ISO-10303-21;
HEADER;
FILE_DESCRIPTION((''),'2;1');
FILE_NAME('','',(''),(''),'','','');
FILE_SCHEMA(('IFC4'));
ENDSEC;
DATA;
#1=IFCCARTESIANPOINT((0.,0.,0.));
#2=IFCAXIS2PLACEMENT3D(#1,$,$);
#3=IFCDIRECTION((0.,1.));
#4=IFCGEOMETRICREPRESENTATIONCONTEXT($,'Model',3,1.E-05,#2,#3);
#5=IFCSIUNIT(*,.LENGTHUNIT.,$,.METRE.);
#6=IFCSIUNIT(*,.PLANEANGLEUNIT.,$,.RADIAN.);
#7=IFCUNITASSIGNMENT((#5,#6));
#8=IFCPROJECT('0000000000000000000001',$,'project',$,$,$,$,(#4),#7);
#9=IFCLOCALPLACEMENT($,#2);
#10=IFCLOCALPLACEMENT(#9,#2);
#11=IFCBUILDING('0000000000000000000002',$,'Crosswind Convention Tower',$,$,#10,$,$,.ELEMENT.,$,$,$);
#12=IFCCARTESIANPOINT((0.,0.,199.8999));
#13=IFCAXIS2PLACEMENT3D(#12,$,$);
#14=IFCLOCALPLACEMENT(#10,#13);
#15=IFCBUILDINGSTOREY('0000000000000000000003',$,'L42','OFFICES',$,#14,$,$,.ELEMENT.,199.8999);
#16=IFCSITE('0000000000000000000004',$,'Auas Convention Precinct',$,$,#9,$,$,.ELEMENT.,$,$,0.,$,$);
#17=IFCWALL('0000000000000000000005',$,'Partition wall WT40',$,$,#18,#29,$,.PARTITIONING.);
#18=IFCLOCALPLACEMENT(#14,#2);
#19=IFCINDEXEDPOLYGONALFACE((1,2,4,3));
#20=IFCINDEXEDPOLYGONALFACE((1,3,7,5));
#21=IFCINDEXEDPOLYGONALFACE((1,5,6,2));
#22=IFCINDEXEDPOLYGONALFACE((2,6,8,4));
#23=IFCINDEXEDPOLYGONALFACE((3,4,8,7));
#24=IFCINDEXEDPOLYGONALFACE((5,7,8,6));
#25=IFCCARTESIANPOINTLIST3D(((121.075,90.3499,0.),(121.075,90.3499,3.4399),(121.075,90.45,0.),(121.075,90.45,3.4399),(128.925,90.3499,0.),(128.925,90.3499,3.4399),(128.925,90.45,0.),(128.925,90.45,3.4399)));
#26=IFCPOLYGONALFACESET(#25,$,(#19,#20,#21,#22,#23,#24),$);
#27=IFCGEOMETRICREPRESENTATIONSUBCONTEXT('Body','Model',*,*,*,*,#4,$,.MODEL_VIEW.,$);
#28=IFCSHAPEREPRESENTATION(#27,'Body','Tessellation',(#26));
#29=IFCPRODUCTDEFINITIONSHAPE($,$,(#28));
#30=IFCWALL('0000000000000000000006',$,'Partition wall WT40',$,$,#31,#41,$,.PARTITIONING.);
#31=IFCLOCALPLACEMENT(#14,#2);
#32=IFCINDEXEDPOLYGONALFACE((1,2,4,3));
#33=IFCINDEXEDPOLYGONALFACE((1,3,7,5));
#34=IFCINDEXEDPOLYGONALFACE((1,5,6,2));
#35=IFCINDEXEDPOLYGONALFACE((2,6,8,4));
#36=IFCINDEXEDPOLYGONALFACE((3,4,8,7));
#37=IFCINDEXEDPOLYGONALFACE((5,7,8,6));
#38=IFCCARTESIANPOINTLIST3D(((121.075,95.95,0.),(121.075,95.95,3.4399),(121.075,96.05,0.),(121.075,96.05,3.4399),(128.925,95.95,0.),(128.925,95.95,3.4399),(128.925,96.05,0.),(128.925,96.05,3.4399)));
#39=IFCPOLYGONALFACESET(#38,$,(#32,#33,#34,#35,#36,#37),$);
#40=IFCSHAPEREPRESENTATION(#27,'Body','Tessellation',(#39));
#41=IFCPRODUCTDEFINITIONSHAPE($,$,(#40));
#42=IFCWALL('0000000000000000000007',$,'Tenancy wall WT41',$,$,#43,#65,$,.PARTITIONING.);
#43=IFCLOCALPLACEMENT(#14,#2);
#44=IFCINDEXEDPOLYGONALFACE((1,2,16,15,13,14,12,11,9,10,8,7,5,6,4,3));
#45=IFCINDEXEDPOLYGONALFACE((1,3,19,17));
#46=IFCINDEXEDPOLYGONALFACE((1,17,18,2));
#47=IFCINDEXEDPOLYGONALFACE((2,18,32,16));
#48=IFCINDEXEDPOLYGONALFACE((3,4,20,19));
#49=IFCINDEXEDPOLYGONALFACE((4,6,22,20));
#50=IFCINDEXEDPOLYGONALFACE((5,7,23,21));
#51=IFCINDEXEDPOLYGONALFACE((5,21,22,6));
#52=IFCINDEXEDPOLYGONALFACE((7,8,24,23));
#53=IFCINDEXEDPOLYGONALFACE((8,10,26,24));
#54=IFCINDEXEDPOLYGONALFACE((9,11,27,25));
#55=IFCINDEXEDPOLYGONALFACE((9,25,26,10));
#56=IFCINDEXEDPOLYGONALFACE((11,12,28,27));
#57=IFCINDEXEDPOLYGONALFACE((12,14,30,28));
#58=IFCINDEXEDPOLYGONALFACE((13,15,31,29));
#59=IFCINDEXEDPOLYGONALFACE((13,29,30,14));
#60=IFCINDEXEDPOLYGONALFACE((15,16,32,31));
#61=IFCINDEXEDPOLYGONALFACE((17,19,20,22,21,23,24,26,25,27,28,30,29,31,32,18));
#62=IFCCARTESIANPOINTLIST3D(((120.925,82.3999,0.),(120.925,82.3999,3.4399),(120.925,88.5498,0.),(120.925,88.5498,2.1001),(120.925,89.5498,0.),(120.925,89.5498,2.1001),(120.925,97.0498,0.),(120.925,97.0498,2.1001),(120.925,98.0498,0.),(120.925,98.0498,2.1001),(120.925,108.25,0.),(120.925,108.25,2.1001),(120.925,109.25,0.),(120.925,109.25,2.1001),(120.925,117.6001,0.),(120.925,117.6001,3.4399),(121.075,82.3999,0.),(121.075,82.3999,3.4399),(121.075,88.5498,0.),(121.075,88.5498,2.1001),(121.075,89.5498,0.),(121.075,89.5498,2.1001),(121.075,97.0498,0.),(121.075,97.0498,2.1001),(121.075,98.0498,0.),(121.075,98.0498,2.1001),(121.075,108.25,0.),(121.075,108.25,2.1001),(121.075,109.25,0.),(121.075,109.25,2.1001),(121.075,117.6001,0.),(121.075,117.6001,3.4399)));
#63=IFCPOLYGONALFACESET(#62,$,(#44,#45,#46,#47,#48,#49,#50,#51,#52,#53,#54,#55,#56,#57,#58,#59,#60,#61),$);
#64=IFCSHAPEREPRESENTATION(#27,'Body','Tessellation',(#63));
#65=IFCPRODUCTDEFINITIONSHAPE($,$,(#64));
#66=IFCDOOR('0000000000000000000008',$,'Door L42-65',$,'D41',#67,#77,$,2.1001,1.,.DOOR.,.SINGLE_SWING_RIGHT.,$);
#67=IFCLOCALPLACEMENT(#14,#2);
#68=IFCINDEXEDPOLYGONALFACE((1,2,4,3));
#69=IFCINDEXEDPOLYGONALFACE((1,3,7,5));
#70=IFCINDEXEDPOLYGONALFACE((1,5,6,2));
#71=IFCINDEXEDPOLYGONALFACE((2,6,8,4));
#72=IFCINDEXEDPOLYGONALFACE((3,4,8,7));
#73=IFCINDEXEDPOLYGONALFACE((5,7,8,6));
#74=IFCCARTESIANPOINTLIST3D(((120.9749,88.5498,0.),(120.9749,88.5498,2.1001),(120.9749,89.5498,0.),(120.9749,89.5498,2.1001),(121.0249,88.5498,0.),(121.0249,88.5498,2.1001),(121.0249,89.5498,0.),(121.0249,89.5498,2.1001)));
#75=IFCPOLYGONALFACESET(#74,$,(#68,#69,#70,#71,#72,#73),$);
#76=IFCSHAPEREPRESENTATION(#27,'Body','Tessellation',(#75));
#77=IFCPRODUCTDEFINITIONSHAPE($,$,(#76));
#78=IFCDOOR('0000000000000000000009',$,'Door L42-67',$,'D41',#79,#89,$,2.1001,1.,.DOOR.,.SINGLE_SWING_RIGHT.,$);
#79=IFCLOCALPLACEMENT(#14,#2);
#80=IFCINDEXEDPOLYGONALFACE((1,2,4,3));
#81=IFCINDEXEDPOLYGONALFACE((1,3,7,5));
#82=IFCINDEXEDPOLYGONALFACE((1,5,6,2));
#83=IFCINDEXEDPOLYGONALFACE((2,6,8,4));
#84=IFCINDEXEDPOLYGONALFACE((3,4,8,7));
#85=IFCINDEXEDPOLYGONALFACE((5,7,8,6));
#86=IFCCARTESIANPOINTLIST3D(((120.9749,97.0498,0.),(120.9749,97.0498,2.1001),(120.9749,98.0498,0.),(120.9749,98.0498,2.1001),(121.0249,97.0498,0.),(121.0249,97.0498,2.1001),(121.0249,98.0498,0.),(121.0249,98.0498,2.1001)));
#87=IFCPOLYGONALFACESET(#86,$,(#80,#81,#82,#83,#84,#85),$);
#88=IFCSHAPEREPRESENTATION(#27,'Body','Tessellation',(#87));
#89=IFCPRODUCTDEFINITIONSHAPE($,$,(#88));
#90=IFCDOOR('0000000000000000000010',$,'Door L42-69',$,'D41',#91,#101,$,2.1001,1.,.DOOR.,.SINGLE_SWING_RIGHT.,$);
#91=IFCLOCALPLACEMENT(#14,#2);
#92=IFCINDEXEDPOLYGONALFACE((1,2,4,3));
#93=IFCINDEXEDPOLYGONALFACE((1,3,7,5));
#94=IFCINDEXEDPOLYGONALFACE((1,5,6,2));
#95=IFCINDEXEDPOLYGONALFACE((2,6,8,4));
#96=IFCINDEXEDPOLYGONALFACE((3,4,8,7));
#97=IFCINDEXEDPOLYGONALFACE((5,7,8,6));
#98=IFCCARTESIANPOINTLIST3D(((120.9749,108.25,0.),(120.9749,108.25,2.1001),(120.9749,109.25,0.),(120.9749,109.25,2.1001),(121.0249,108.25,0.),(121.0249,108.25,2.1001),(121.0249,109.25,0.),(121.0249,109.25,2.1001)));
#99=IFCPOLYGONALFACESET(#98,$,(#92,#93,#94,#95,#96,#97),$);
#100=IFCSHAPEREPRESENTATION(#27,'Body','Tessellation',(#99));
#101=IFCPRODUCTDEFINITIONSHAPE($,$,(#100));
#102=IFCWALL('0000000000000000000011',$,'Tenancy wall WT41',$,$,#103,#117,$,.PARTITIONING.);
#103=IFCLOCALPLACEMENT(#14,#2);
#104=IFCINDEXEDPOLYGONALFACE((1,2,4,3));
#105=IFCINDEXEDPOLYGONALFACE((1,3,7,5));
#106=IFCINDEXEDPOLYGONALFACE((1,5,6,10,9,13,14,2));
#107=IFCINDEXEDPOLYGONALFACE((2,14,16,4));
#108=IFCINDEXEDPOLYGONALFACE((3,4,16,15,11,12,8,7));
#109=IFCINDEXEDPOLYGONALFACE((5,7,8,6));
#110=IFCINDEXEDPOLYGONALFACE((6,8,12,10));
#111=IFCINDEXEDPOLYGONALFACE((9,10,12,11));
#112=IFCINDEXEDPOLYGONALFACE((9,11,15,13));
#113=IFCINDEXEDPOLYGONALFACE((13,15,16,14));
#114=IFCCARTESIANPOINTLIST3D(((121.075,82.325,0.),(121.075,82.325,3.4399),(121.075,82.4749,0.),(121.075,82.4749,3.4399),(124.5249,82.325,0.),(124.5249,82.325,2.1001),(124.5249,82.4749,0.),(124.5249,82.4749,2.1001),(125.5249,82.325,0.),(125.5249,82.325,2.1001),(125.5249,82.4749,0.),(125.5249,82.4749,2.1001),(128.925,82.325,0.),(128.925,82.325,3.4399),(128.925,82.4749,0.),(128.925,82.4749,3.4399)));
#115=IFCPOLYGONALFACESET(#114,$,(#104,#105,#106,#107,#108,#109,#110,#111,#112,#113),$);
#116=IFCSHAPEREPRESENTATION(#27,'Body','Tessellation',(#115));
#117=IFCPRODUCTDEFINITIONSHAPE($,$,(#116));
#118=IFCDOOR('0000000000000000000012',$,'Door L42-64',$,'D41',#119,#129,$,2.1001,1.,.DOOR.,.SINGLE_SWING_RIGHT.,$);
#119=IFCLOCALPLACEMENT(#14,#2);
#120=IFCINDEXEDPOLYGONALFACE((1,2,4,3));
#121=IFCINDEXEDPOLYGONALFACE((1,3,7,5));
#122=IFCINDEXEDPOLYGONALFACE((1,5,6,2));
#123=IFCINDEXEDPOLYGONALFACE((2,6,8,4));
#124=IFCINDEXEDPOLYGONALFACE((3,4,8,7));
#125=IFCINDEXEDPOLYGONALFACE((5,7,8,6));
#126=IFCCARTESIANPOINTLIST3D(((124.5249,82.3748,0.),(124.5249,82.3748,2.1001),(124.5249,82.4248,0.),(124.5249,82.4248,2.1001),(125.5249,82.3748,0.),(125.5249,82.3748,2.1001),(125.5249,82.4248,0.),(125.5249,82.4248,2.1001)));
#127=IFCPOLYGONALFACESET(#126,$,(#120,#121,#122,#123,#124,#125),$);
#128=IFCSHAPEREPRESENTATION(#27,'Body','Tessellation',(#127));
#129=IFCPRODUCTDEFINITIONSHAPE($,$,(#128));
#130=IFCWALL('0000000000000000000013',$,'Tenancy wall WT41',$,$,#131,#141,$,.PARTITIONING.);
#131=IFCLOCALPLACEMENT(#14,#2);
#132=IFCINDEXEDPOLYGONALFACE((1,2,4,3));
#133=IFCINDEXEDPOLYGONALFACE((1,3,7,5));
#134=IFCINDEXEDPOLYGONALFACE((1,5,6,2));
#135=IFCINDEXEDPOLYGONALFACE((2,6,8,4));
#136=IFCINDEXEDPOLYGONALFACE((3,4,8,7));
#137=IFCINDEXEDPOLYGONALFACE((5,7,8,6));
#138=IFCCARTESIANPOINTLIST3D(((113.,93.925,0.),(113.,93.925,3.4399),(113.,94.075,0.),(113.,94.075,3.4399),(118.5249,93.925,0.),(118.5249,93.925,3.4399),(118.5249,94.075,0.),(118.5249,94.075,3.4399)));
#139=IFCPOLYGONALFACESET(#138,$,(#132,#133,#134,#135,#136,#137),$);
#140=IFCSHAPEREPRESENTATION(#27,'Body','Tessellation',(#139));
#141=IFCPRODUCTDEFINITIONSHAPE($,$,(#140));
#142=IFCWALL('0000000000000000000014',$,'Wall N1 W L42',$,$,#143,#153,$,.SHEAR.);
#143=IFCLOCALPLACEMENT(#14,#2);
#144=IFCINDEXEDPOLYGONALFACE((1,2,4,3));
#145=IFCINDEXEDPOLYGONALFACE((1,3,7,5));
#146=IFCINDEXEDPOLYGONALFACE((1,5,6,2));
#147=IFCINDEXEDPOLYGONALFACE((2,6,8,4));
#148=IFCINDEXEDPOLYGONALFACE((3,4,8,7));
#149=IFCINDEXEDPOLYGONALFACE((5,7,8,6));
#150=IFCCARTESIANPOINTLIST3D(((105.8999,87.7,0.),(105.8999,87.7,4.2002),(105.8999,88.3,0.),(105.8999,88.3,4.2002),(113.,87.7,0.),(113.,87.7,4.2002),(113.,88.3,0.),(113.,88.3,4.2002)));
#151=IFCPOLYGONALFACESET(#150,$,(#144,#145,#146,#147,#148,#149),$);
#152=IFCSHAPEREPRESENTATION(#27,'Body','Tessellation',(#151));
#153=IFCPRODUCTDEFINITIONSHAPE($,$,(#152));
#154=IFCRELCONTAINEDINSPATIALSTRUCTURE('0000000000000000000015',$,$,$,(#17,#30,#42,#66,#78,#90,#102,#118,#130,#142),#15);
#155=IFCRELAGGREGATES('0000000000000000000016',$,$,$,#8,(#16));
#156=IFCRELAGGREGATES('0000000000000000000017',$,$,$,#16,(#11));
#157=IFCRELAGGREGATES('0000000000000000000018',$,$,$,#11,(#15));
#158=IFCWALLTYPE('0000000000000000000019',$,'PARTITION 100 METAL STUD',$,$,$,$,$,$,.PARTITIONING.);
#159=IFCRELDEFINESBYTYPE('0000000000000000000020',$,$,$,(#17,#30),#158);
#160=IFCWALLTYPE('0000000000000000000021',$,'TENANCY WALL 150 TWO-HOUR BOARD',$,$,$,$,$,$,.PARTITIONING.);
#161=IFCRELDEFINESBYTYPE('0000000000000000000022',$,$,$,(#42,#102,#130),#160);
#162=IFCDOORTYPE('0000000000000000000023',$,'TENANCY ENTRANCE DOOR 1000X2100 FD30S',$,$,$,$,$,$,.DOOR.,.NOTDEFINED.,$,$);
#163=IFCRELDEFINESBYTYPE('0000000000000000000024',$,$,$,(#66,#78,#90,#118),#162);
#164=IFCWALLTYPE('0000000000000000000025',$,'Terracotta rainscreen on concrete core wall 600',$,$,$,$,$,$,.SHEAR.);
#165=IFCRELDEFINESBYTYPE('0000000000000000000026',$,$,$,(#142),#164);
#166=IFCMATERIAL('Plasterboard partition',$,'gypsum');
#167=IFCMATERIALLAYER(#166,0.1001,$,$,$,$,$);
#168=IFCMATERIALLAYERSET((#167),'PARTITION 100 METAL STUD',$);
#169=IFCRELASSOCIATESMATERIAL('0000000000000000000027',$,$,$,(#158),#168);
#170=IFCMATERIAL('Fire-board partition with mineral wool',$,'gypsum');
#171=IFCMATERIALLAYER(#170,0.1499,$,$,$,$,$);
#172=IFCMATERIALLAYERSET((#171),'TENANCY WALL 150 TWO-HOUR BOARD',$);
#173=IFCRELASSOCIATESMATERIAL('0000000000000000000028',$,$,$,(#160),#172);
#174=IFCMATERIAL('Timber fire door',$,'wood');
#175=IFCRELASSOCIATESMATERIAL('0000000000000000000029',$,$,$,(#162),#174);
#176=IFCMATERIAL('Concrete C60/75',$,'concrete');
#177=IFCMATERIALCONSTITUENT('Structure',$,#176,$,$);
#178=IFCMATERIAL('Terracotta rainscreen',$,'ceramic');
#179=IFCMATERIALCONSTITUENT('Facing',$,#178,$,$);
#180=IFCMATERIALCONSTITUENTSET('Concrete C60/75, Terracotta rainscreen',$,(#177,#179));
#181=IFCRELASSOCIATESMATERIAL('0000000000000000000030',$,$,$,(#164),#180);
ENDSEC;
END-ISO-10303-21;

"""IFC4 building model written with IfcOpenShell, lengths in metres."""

from ifc_helpers import new_model, si_unit, direction, frame, frame_2d, origin, place, context, subcontext, project, spatial, rectangle, extrude, material, layer, layer_set, constituent, constituent_set, type_object, element, fill, save


model = new_model("IFC4")

# Units and contexts
model_context = context("Model", 3, precision=1e-05, world=origin(), true_north=direction((0.0, 1.0)))
body_context = subcontext(model_context, "Body", "Model", "MODEL_VIEW")
ifc_project = project(units=[si_unit("LENGTHUNIT", "METRE"), si_unit("PLANEANGLEUNIT", "RADIAN")], contexts=[model_context])

# Site, building, storey
site_placement = place(None, origin())
site = spatial("IfcSite", under=ifc_project, at=site_placement, Name="Auas Convention Precinct", CompositionType="ELEMENT", RefElevation=0.0)
building_placement = place(site_placement, origin())
building = spatial("IfcBuilding", under=site, at=building_placement, Name="Crosswind Convention Tower", CompositionType="ELEMENT")
storey_placement = place(building_placement, frame((0.0, 0.0, 199.8999)))
storey = spatial("IfcBuildingStorey", under=building, at=storey_placement, Name="L42", Description="OFFICES", CompositionType="ELEMENT", Elevation=199.8999)

# Shared definitions
ifc_material_1 = material(Name="Concrete C60/75", Category="concrete")

# Walls
ifc_material_2 = material(Name="Plasterboard partition", Category="gypsum")
ifc_layer_1 = layer(ifc_material_2, 0.1001)
ifc_layer_set_1 = layer_set([ifc_layer_1], Name="PARTITION 100 METAL STUD")
wall_type_1 = type_object("IfcWallType", Name="PARTITION 100 METAL STUD", PredefinedType="PARTITIONING", material=ifc_layer_set_1)
for number, where, z_axis, x_axis, name in (
    (1, (121.075, 90.3999, 0.0), (0.0, 0.0, 1.0), (1.0, 0.0, 0.0), "Partition wall WT40"),
    (2, (121.075, 96.0, 0.0), (0.0, 0.0, 1.0), (1.0, 0.0, 0.0), "Partition wall WT40"),
):
    element("IfcWall", number, at=place(storey_placement, frame(where, z_axis=z_axis, x_axis=x_axis)), inside=storey, type_object=wall_type_1, Name=name, PredefinedType="PARTITIONING", context=body_context, shape_type="SweptSolid", body=[
        extrude(rectangle(XDim=7.8501, YDim=0.1001, at=frame_2d((3.925, 0.0))), origin(), (0.0, 0.0, 1.0), 3.4399),
    ])

# Wall, openings, doors
ifc_material_3 = material(Name="Fire-board partition with mineral wool", Category="gypsum")
ifc_layer_2 = layer(ifc_material_3, 0.1499)
ifc_layer_set_2 = layer_set([ifc_layer_2], Name="TENANCY WALL 150 TWO-HOUR BOARD")
wall_type_2 = type_object("IfcWallType", Name="TENANCY WALL 150 TWO-HOUR BOARD", PredefinedType="PARTITIONING", material=ifc_layer_set_2)
wall_1_placement = place(storey_placement, frame((121.0, 82.3999, 0.0), z_axis=(0.0, 0.0, 1.0), x_axis=(0.0, 1.0, 0.0)))
wall_1 = element("IfcWall", 3, at=wall_1_placement, inside=storey, type_object=wall_type_2, Name="Tenancy wall WT41", PredefinedType="PARTITIONING", context=body_context, shape_type="SweptSolid", body=[
    extrude(rectangle(XDim=35.2002, YDim=0.1499, at=frame_2d((17.6001, 0.0))), origin(), (0.0, 0.0, 1.0), 3.4399),
])
opening_1_placement = place(wall_1_placement, frame((6.1499, 0.0, 0.0)))
opening_1 = element("IfcOpeningElement", 4, at=opening_1_placement, cuts=wall_1, PredefinedType="OPENING", context=body_context, shape_type="SweptSolid", body=[
    extrude(rectangle(XDim=1.0, YDim=2.1001, at=frame_2d((0.5, 1.05))), frame((0.0, 0.085, 0.0), z_axis=(0.0, -1.0, 0.0), x_axis=(1.0, 0.0, 0.0)), (0.0, 0.0, 1.0), 0.1699),
])
opening_2_placement = place(wall_1_placement, frame((14.6499, 0.0, 0.0)))
opening_2 = element("IfcOpeningElement", 5, at=opening_2_placement, cuts=wall_1, PredefinedType="OPENING", context=body_context, shape_type="SweptSolid", body=[
    extrude(rectangle(XDim=1.0, YDim=2.1001, at=frame_2d((0.5, 1.05))), frame((0.0, 0.085, 0.0), z_axis=(0.0, -1.0, 0.0), x_axis=(1.0, 0.0, 0.0)), (0.0, 0.0, 1.0), 0.1699),
])
opening_3_placement = place(wall_1_placement, frame((25.8501, 0.0, 0.0)))
opening_3 = element("IfcOpeningElement", 6, at=opening_3_placement, cuts=wall_1, PredefinedType="OPENING", context=body_context, shape_type="SweptSolid", body=[
    extrude(rectangle(XDim=1.0, YDim=2.1001, at=frame_2d((0.5, 1.05))), frame((0.0, 0.085, 0.0), z_axis=(0.0, -1.0, 0.0), x_axis=(1.0, 0.0, 0.0)), (0.0, 0.0, 1.0), 0.1699),
])
ifc_material_4 = material(Name="Timber fire door", Category="wood")
door_type = type_object("IfcDoorType", Name="TENANCY ENTRANCE DOOR 1000X2100 FD30S", OperationType="NOTDEFINED", PredefinedType="DOOR", material=ifc_material_4)
door_1_placement = place(opening_1_placement, frame((1.0, 0.0, 0.0), z_axis=(0.0, 0.0, 1.0), x_axis=(-1.0, 0.0, 0.0)))
door_1 = element("IfcDoor", 7, at=door_1_placement, inside=storey, type_object=door_type, Name="Door L42-65", ObjectType="D41", OperationType="SINGLE_SWING_RIGHT", OverallHeight=2.1001, OverallWidth=1.0, PredefinedType="DOOR", context=body_context, shape_type="SweptSolid", body=[
    extrude(rectangle(XDim=1.0, YDim=2.1001, at=frame_2d((0.5, 1.05))), frame((0.0, 0.0249, 0.0), z_axis=(0.0, -1.0, 0.0), x_axis=(1.0, 0.0, 0.0)), (0.0, 0.0, 1.0), 0.05),
])
fill(opening_1, door_1)
door_2_placement = place(opening_2_placement, frame((1.0, 0.0, 0.0), z_axis=(0.0, 0.0, 1.0), x_axis=(-1.0, 0.0, 0.0)))
door_2 = element("IfcDoor", 8, at=door_2_placement, inside=storey, type_object=door_type, Name="Door L42-67", ObjectType="D41", OperationType="SINGLE_SWING_RIGHT", OverallHeight=2.1001, OverallWidth=1.0, PredefinedType="DOOR", context=body_context, shape_type="SweptSolid", body=[
    extrude(rectangle(XDim=1.0, YDim=2.1001, at=frame_2d((0.5, 1.05))), frame((0.0, 0.0249, 0.0), z_axis=(0.0, -1.0, 0.0), x_axis=(1.0, 0.0, 0.0)), (0.0, 0.0, 1.0), 0.05),
])
fill(opening_2, door_2)
door_3_placement = place(opening_3_placement, frame((1.0, 0.0, 0.0), z_axis=(0.0, 0.0, 1.0), x_axis=(-1.0, 0.0, 0.0)))
door_3 = element("IfcDoor", 9, at=door_3_placement, inside=storey, type_object=door_type, Name="Door L42-69", ObjectType="D41", OperationType="SINGLE_SWING_RIGHT", OverallHeight=2.1001, OverallWidth=1.0, PredefinedType="DOOR", context=body_context, shape_type="SweptSolid", body=[
    extrude(rectangle(XDim=1.0, YDim=2.1001, at=frame_2d((0.5, 1.05))), frame((0.0, 0.0249, 0.0), z_axis=(0.0, -1.0, 0.0), x_axis=(1.0, 0.0, 0.0)), (0.0, 0.0, 1.0), 0.05),
])
fill(opening_3, door_3)

# Wall, opening, door
wall_2_placement = place(storey_placement, frame((121.075, 82.3999, 0.0), z_axis=(0.0, 0.0, 1.0), x_axis=(1.0, 0.0, 0.0)))
wall_2 = element("IfcWall", 10, at=wall_2_placement, inside=storey, type_object=wall_type_2, Name="Tenancy wall WT41", PredefinedType="PARTITIONING", context=body_context, shape_type="SweptSolid", body=[
    extrude(rectangle(XDim=7.8501, YDim=0.1499, at=frame_2d((3.925, 0.0))), origin(), (0.0, 0.0, 1.0), 3.4399),
])
opening_4_placement = place(wall_2_placement, frame((3.45, 0.0, 0.0)))
opening_4 = element("IfcOpeningElement", 11, at=opening_4_placement, cuts=wall_2, PredefinedType="OPENING", context=body_context, shape_type="SweptSolid", body=[
    extrude(rectangle(XDim=1.0, YDim=2.1001, at=frame_2d((0.5, 1.05))), frame((0.0, 0.085, 0.0), z_axis=(0.0, -1.0, 0.0), x_axis=(1.0, 0.0, 0.0)), (0.0, 0.0, 1.0), 0.1699),
])
door_4_placement = place(opening_4_placement, origin())
door_4 = element("IfcDoor", 12, at=door_4_placement, inside=storey, type_object=door_type, Name="Door L42-64", ObjectType="D41", OperationType="SINGLE_SWING_RIGHT", OverallHeight=2.1001, OverallWidth=1.0, PredefinedType="DOOR", context=body_context, shape_type="SweptSolid", body=[
    extrude(rectangle(XDim=1.0, YDim=2.1001, at=frame_2d((0.5, 1.05))), frame((0.0, 0.0249, 0.0), z_axis=(0.0, -1.0, 0.0), x_axis=(1.0, 0.0, 0.0)), (0.0, 0.0, 1.0), 0.05),
])
fill(opening_4, door_4)

# Walls
wall_3_placement = place(storey_placement, frame((113.0, 94.0, 0.0), z_axis=(0.0, 0.0, 1.0), x_axis=(1.0, 0.0, 0.0)))
element("IfcWall", 13, at=wall_3_placement, inside=storey, type_object=wall_type_2, Name="Tenancy wall WT41", PredefinedType="PARTITIONING", context=body_context, shape_type="SweptSolid", body=[
    extrude(rectangle(XDim=5.5249, YDim=0.1499, at=frame_2d((2.7625, 0.0))), origin(), (0.0, 0.0, 1.0), 3.4399),
])
ifc_constituent_1 = constituent(ifc_material_1, Name="Structure")
ifc_material_5 = material(Name="Terracotta rainscreen", Category="ceramic")
ifc_constituent_2 = constituent(ifc_material_5, Name="Facing")
ifc_constituent_set = constituent_set(constituents=[ifc_constituent_1, ifc_constituent_2], Name="Concrete C60/75, Terracotta rainscreen")
wall_type_3 = type_object("IfcWallType", Name="Terracotta rainscreen on concrete core wall 600", PredefinedType="SHEAR", material=ifc_constituent_set)
wall_4_placement = place(storey_placement, frame((113.0, 88.0, 0.0), z_axis=(0.0, 0.0, 1.0), x_axis=(-1.0, 0.0, 0.0)))
element("IfcWall", 14, at=wall_4_placement, inside=storey, type_object=wall_type_3, Name="Wall N1 W L42", PredefinedType="SHEAR", context=body_context, shape_type="SweptSolid", body=[
    extrude(rectangle(XDim=7.1001, YDim=0.6001, at=frame_2d((3.55, 0.0))), origin(), (0.0, 0.0, 1.0), 4.2002),
])

save(model, "model.ifc")
